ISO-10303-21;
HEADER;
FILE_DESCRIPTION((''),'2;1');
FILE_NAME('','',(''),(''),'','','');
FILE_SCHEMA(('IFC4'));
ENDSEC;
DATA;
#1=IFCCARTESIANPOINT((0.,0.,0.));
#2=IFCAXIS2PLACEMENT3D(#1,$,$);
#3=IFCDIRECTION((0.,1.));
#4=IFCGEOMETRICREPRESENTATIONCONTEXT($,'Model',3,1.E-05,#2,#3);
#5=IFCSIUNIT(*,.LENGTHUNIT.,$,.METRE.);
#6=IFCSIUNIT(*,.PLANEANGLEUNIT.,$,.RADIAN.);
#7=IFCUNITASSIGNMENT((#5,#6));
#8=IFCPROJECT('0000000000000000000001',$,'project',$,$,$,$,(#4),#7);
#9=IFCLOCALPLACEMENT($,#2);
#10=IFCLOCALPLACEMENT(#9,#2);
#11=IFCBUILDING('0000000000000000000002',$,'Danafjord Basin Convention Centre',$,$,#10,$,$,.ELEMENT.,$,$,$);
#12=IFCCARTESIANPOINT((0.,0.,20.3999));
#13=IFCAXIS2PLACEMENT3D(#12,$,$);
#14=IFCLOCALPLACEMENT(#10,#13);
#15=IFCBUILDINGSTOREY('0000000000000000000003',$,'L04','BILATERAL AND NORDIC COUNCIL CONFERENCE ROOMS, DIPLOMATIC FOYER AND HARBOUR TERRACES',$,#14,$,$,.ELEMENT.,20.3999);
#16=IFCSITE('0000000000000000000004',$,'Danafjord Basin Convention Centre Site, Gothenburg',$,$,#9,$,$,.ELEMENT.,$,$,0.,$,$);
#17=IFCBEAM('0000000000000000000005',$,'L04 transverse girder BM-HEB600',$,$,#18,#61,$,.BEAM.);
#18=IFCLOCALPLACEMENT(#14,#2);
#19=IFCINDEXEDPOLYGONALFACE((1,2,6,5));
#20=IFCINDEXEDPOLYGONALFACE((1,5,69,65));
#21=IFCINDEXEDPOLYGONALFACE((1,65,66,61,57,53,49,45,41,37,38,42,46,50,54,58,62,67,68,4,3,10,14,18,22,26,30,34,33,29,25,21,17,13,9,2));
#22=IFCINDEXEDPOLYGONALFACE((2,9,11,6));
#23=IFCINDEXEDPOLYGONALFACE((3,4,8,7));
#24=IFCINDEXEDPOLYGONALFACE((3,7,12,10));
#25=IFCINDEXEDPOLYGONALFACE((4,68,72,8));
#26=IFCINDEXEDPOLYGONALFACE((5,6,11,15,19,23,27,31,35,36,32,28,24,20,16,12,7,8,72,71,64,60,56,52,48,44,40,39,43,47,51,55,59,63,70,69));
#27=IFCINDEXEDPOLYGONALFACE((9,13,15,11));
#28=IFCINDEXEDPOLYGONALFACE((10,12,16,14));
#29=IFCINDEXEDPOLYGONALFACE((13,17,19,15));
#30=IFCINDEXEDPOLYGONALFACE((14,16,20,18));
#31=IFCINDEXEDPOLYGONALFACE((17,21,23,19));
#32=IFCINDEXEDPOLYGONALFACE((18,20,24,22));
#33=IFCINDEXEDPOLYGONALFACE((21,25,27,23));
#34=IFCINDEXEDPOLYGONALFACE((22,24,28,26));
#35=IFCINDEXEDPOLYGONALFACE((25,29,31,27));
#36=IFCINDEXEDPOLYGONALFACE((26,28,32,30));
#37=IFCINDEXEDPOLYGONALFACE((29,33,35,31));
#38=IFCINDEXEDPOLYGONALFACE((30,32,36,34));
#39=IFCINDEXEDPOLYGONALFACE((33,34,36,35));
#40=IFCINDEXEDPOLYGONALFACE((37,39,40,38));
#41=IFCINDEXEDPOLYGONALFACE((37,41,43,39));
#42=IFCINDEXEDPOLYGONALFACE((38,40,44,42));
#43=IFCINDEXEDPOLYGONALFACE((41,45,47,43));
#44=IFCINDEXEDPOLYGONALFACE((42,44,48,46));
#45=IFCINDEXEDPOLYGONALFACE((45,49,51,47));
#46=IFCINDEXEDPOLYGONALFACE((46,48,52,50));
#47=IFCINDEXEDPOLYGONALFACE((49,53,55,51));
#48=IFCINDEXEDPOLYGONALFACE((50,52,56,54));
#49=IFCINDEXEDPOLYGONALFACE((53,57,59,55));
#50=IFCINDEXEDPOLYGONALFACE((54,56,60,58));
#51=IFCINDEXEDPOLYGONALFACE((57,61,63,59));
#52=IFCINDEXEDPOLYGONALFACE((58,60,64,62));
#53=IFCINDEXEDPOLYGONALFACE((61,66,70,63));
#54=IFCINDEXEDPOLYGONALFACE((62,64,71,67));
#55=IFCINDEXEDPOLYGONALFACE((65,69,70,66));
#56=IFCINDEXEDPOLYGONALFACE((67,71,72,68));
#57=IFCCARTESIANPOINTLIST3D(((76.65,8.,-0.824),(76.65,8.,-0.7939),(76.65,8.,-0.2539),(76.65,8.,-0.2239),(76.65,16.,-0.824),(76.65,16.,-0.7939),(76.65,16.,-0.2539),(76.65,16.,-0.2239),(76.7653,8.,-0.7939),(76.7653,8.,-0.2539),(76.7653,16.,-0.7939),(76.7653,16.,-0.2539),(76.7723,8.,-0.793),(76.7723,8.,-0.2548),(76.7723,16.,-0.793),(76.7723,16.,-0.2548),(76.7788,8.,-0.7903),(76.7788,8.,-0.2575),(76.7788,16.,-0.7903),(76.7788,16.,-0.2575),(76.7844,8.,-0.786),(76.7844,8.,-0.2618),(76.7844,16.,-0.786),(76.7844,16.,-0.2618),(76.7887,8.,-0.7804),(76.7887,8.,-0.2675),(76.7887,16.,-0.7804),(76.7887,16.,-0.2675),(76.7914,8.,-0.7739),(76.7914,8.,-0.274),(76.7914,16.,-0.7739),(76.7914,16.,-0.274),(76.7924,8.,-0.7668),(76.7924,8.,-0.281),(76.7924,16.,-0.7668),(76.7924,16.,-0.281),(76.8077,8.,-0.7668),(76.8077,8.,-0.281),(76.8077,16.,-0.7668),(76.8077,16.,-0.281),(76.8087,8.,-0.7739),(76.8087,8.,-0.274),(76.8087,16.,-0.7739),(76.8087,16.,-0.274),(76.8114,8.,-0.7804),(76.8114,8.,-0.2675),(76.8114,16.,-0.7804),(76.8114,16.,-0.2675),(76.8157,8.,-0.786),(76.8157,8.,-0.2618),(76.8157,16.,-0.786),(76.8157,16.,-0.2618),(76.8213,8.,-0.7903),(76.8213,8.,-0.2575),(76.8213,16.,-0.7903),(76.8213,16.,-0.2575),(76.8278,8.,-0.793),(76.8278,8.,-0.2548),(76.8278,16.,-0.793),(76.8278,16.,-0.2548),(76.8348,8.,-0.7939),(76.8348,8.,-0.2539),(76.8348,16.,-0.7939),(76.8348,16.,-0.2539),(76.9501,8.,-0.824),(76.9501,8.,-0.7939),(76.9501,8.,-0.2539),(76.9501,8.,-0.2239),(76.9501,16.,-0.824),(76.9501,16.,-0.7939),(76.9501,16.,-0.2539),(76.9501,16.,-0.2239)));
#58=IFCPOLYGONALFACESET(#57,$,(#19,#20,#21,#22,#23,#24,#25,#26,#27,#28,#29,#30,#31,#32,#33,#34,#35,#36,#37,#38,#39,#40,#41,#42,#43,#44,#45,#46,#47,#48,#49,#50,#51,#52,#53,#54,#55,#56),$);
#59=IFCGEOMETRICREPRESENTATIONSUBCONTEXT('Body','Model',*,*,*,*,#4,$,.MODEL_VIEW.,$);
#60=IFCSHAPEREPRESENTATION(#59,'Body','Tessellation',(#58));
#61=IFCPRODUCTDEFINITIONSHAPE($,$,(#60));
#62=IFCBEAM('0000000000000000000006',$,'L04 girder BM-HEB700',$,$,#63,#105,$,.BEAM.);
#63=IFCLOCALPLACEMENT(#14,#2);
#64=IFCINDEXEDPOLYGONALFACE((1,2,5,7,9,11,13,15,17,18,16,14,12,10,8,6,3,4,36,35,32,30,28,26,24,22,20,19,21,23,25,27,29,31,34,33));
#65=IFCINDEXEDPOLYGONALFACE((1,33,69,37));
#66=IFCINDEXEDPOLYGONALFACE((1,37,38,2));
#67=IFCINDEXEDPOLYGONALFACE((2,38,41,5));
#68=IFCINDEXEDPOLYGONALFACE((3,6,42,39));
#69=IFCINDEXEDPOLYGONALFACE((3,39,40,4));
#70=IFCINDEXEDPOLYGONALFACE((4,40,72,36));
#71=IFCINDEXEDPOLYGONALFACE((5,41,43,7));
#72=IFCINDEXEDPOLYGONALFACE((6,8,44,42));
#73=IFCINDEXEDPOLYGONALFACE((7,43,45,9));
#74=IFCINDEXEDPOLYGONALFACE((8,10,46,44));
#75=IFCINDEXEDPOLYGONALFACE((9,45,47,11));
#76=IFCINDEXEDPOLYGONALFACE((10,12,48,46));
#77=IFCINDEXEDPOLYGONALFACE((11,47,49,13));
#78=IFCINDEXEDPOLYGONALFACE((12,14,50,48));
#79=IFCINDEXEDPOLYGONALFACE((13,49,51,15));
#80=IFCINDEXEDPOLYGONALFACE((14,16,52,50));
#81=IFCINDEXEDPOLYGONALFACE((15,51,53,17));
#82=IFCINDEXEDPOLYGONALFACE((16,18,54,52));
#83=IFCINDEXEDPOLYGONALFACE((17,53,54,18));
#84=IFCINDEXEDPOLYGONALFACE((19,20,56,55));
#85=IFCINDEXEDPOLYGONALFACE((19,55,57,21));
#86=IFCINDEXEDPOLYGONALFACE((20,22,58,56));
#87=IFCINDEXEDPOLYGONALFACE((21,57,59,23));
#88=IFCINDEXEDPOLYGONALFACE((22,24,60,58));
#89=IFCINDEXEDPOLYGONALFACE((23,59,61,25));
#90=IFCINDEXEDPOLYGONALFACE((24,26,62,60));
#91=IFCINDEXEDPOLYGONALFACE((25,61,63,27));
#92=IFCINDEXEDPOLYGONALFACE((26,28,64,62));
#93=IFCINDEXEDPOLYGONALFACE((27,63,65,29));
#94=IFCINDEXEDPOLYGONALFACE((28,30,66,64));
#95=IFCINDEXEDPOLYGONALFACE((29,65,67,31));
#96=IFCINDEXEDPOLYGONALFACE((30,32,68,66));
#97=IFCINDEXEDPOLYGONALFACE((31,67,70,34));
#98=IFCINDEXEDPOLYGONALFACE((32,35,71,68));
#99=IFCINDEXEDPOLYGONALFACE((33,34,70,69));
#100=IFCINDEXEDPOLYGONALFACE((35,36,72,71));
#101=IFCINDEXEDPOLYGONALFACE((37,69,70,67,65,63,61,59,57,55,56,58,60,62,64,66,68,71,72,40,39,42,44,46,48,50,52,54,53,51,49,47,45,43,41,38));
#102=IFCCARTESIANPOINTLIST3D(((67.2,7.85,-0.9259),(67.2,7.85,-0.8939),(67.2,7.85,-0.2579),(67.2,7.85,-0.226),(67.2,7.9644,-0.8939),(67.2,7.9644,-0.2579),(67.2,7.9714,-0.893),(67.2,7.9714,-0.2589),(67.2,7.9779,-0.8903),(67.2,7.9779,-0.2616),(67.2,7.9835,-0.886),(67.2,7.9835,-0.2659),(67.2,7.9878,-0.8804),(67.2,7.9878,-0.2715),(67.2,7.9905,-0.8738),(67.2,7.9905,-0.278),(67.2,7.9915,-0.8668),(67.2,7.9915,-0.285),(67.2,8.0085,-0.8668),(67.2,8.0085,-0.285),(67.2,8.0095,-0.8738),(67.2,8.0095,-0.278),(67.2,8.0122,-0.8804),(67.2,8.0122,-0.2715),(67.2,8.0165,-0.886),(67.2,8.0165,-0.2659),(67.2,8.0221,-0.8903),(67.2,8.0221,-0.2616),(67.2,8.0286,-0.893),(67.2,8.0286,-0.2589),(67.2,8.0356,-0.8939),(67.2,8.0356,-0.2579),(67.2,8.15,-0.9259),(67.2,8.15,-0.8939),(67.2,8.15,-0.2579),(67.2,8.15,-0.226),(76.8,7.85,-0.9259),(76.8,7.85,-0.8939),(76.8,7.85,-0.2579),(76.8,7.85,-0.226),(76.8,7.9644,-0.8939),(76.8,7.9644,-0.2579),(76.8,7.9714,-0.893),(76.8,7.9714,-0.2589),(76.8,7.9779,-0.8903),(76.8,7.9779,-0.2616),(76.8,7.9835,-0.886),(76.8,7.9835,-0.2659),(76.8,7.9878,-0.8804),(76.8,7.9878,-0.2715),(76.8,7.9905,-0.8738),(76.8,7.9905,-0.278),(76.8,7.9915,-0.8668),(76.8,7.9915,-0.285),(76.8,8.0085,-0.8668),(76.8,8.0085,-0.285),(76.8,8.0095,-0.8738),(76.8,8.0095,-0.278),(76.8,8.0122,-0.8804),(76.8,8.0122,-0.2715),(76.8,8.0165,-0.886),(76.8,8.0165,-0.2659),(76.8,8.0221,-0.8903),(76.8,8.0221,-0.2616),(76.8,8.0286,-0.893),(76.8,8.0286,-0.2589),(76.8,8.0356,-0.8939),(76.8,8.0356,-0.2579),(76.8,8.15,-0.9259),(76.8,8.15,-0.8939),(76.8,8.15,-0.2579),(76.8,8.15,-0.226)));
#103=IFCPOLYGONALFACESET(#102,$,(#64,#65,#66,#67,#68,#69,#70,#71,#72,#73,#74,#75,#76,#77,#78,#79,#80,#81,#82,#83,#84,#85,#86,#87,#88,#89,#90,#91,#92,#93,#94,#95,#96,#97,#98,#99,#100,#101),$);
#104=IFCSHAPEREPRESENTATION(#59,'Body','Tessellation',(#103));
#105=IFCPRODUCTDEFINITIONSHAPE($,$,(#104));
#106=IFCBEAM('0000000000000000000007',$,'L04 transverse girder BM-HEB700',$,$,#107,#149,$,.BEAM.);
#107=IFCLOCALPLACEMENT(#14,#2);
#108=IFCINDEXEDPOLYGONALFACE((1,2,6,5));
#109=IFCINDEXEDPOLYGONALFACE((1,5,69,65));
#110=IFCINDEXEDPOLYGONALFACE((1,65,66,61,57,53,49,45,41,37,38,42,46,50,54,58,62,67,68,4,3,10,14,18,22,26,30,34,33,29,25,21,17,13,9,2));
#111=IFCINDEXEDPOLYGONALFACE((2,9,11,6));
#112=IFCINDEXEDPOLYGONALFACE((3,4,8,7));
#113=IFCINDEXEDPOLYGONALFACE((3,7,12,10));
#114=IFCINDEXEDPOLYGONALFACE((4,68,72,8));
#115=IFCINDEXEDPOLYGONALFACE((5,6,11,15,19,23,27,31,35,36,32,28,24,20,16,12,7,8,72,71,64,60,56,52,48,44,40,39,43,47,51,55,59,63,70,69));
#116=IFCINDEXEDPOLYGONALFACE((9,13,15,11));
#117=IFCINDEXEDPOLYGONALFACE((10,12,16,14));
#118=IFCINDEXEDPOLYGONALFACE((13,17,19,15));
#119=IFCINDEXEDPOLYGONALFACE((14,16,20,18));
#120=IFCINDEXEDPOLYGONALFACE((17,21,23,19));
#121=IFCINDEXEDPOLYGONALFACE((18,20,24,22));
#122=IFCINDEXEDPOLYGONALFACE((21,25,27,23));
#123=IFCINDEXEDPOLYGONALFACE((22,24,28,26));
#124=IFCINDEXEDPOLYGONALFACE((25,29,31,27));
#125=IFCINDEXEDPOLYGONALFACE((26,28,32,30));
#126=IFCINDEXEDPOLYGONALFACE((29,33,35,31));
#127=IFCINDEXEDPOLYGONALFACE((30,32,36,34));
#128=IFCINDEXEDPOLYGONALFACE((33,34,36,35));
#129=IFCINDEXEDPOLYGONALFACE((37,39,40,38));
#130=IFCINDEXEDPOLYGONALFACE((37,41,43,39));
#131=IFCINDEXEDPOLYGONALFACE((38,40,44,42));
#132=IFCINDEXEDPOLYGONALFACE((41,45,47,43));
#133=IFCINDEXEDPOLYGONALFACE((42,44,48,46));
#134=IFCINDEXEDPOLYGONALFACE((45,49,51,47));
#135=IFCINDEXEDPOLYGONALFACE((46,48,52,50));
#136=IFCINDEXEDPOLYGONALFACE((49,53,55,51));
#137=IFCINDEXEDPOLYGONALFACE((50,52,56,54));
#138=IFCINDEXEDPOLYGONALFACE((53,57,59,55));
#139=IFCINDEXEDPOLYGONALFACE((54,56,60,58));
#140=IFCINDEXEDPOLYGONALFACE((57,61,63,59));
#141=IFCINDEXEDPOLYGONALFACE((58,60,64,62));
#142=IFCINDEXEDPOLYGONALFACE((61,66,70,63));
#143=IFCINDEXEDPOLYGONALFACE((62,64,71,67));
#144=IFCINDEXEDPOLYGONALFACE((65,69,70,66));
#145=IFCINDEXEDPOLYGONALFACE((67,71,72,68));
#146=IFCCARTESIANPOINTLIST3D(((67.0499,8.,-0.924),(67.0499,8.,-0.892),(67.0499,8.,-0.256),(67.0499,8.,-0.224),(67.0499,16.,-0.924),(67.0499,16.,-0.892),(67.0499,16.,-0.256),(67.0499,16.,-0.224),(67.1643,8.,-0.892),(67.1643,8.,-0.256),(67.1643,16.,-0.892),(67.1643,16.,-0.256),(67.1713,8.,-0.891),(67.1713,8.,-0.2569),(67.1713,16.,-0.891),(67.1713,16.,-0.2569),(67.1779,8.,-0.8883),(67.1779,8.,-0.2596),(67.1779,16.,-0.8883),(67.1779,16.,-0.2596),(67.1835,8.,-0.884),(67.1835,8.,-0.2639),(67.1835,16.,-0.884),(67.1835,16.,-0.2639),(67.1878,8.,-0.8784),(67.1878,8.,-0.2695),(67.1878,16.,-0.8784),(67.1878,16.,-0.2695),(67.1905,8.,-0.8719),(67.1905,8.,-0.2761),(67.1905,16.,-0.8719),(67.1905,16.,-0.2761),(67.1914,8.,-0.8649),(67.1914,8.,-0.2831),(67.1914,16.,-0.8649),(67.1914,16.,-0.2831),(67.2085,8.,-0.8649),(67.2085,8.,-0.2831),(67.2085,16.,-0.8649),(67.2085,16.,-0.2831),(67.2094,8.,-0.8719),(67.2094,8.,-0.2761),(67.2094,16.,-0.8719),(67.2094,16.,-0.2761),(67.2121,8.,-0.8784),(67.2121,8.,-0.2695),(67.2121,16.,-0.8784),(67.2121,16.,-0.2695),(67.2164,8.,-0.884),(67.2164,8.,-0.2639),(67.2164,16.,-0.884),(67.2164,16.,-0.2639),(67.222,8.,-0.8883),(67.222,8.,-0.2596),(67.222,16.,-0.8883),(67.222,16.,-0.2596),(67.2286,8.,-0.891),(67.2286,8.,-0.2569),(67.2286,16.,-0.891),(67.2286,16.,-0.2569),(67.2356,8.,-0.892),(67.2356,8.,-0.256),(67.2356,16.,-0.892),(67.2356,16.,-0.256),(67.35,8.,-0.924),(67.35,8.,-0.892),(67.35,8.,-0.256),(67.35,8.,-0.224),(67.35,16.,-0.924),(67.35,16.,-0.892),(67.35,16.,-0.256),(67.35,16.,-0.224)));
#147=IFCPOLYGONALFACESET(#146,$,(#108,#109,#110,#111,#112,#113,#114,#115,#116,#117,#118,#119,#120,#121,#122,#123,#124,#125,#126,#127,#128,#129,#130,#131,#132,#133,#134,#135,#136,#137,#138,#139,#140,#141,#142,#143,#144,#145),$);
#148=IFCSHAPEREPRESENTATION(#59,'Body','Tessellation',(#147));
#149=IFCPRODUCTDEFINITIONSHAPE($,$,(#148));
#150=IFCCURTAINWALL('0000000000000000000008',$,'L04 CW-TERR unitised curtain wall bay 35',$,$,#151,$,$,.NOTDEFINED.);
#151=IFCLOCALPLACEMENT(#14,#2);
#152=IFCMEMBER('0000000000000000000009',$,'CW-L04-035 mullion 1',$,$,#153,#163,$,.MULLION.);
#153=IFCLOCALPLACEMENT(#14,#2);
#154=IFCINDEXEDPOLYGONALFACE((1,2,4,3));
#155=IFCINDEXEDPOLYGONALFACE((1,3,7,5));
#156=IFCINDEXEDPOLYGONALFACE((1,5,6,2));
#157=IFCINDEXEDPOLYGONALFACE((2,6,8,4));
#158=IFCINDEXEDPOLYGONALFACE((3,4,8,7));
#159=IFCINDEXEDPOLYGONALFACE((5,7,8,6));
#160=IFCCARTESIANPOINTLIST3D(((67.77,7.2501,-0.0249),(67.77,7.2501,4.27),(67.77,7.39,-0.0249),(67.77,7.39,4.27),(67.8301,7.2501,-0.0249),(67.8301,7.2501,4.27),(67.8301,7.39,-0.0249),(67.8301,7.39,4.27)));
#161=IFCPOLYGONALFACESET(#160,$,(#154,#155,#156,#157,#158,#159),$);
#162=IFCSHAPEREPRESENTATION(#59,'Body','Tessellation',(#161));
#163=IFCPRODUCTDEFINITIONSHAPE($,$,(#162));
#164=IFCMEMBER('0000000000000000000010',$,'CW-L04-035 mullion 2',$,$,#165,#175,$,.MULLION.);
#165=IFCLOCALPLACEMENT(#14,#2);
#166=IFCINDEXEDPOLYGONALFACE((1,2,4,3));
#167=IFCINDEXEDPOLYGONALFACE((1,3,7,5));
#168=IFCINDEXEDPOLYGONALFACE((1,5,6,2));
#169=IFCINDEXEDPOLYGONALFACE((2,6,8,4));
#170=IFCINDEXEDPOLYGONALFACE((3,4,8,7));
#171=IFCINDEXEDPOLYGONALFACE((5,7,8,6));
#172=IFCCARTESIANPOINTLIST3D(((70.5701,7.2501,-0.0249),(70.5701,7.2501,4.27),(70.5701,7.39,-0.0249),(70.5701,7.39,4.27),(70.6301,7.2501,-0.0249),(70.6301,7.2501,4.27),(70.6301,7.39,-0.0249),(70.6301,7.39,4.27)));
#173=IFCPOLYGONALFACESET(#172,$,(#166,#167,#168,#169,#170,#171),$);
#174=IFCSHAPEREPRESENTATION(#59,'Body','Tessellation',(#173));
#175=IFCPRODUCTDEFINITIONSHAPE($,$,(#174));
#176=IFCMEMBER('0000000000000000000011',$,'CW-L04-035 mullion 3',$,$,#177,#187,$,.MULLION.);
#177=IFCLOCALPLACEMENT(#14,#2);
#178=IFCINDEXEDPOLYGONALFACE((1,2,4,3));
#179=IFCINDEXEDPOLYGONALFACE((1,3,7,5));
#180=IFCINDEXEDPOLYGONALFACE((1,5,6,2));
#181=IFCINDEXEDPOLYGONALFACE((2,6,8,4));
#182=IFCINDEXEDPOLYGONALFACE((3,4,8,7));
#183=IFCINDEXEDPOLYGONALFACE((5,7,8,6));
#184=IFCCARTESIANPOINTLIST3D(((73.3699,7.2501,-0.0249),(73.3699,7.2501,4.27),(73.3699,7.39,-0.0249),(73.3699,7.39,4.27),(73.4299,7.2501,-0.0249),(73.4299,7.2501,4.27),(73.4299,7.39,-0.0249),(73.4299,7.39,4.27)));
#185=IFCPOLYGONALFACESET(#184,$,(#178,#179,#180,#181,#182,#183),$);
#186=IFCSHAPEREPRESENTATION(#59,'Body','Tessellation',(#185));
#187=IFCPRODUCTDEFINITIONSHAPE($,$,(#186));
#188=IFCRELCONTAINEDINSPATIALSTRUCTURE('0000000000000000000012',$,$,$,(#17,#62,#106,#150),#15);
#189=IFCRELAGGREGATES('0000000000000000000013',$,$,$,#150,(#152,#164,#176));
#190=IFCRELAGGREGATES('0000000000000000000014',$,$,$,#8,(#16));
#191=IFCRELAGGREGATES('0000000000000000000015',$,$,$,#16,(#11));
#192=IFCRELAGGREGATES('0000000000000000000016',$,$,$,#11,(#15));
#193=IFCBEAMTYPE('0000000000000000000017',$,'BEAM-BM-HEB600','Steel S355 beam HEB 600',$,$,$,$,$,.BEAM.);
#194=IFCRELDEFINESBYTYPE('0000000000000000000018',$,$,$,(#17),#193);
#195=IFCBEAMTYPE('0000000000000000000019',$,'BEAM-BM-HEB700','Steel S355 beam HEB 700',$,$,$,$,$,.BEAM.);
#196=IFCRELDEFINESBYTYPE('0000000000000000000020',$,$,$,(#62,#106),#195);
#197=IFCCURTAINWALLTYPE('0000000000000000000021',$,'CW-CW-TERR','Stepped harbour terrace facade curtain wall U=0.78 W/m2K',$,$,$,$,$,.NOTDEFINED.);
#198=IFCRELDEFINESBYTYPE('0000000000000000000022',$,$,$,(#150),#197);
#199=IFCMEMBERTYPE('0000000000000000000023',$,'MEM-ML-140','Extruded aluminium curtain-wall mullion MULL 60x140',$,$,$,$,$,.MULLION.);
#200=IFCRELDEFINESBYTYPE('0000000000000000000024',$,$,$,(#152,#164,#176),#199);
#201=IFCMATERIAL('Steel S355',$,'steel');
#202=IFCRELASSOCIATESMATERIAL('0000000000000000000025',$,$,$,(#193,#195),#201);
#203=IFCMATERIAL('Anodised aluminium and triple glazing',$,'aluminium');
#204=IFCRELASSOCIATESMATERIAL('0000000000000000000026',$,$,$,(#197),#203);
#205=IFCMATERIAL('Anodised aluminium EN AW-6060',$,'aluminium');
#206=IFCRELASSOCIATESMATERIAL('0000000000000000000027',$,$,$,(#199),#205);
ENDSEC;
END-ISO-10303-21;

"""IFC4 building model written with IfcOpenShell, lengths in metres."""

from ifc_helpers import new_model, si_unit, direction, frame, origin, origin_2d, place, context, subcontext, project, spatial, rectangle, i_section, extrude, material, material_profile, profile_set, type_object, element, aggregate, save


model = new_model("IFC4")

# Units and contexts
model_context = context("Model", 3, precision=1e-05, world=origin(), true_north=direction((0.0, 1.0)))
body_context = subcontext(model_context, "Body", "Model", "MODEL_VIEW")
ifc_project = project(units=[si_unit("LENGTHUNIT", "METRE"), si_unit("PLANEANGLEUNIT", "RADIAN")], contexts=[model_context])

# Site, building, storey
site_placement = place(None, origin())
site = spatial("IfcSite", under=ifc_project, at=site_placement, Name="Danafjord Basin Convention Centre Site, Gothenburg", CompositionType="ELEMENT", RefElevation=0.0)
building_placement = place(site_placement, origin())
building = spatial("IfcBuilding", under=site, at=building_placement, Name="Danafjord Basin Convention Centre", CompositionType="ELEMENT")
storey_placement = place(building_placement, frame((0.0, 0.0, 20.3999)))
storey = spatial("IfcBuildingStorey", under=building, at=storey_placement, Name="L04", Description="BILATERAL AND NORDIC COUNCIL CONFERENCE ROOMS, DIPLOMATIC FOYER AND HARBOUR TERRACES", CompositionType="ELEMENT", Elevation=20.3999)

# Shared definitions
ifc_material_1 = material(Name="Steel S355", Category="steel")

# Beams
ifc_material_profile_1 = material_profile(ifc_material_1, i_section(OverallWidth=0.3, OverallDepth=0.6001, WebThickness=0.0154, FlangeThickness=0.03, FilletRadius=0.0271, at=origin_2d()), Name="HEB 600")
ifc_profile_set_1 = profile_set([ifc_material_profile_1], Name="Steel S355")
beam_type_1 = type_object("IfcBeamType", Name="BEAM-BM-HEB600", Description="Steel S355 beam HEB 600", PredefinedType="BEAM", material=ifc_profile_set_1)
beam_1_placement = place(storey_placement, frame((76.8, 8.0, -0.5239), z_axis=(0.0, 1.0, 0.0), x_axis=(-1.0, 0.0, 0.0)))
element("IfcBeam", 1, at=beam_1_placement, inside=storey, type_object=beam_type_1, Name="L04 transverse girder BM-HEB600", PredefinedType="BEAM", context=body_context, shape_type="SweptSolid", body=[
    extrude(i_section(OverallWidth=0.3, OverallDepth=0.6001, WebThickness=0.0154, FlangeThickness=0.03, FilletRadius=0.0271, at=origin_2d()), origin(), (0.0, 0.0, 1.0), 8.0),
])
ifc_material_profile_2 = material_profile(ifc_material_1, i_section(OverallWidth=0.3, OverallDepth=0.7, WebThickness=0.0171, FlangeThickness=0.032, FilletRadius=0.0271, at=origin_2d()), Name="HEB 700")
ifc_profile_set_2 = profile_set([ifc_material_profile_2], Name="Steel S355")
beam_type_2 = type_object("IfcBeamType", Name="BEAM-BM-HEB700", Description="Steel S355 beam HEB 700", PredefinedType="BEAM", material=ifc_profile_set_2)
beam_2_placement = place(storey_placement, frame((67.2, 8.0, -0.5759), z_axis=(1.0, 0.0, 0.0), x_axis=(0.0, 1.0, 0.0)))
element("IfcBeam", 2, at=beam_2_placement, inside=storey, type_object=beam_type_2, Name="L04 girder BM-HEB700", PredefinedType="BEAM", context=body_context, shape_type="SweptSolid", body=[
    extrude(i_section(OverallWidth=0.3, OverallDepth=0.7, WebThickness=0.0171, FlangeThickness=0.032, FilletRadius=0.0271, at=origin_2d()), origin(), (0.0, 0.0, 1.0), 9.6001),
])
beam_3_placement = place(storey_placement, frame((67.2, 8.0, -0.574), z_axis=(0.0, 1.0, 0.0), x_axis=(-1.0, 0.0, 0.0)))
element("IfcBeam", 3, at=beam_3_placement, inside=storey, type_object=beam_type_2, Name="L04 transverse girder BM-HEB700", PredefinedType="BEAM", context=body_context, shape_type="SweptSolid", body=[
    extrude(i_section(OverallWidth=0.3, OverallDepth=0.7, WebThickness=0.0171, FlangeThickness=0.032, FilletRadius=0.0271, at=origin_2d()), origin(), (0.0, 0.0, 1.0), 8.0),
])

# Curtain wall, members
ifc_material_2 = material(Name="Anodised aluminium and triple glazing", Category="aluminium")
curtain_wall_type = type_object("IfcCurtainWallType", Name="CW-CW-TERR", Description="Stepped harbour terrace facade curtain wall U=0.78 W/m2K", PredefinedType="NOTDEFINED", material=ifc_material_2)
curtain_wall_placement = place(storey_placement, origin())
curtain_wall = element("IfcCurtainWall", 4, at=curtain_wall_placement, inside=storey, type_object=curtain_wall_type, Name="L04 CW-TERR unitised curtain wall bay 35", PredefinedType="NOTDEFINED")
ifc_material_3 = material(Name="Anodised aluminium EN AW-6060", Category="aluminium")
ifc_material_profile_3 = material_profile(ifc_material_3, rectangle(XDim=0.0601, YDim=0.1399, at=origin_2d()), Name="MULL 60x140")
ifc_profile_set_3 = profile_set([ifc_material_profile_3], Name="Anodised aluminium EN AW-6060")
member_type_1 = type_object("IfcMemberType", Name="MEM-ML-140", Description="Extruded aluminium curtain-wall mullion MULL 60x140", PredefinedType="MULLION", material=ifc_profile_set_3)
member_1_placement = place(storey_placement, frame((67.8, 7.3201, -0.0249), z_axis=(0.0, 0.0, 1.0), x_axis=(1.0, 0.0, 0.0)))
member_1 = element("IfcMember", 5, at=member_1_placement, type_object=member_type_1, Name="CW-L04-035 mullion 1", PredefinedType="MULLION", context=body_context, shape_type="SweptSolid", body=[
    extrude(rectangle(XDim=0.0601, YDim=0.1399, at=origin_2d()), origin(), (0.0, 0.0, 1.0), 4.2949),
])
member_2_placement = place(storey_placement, frame((70.6001, 7.3201, -0.0249), z_axis=(0.0, 0.0, 1.0), x_axis=(1.0, 0.0, 0.0)))
member_2 = element("IfcMember", 6, at=member_2_placement, type_object=member_type_1, Name="CW-L04-035 mullion 2", PredefinedType="MULLION", context=body_context, shape_type="SweptSolid", body=[
    extrude(rectangle(XDim=0.0601, YDim=0.1399, at=origin_2d()), origin(), (0.0, 0.0, 1.0), 4.2949),
])
member_3_placement = place(storey_placement, frame((73.3999, 7.3201, -0.0249), z_axis=(0.0, 0.0, 1.0), x_axis=(1.0, 0.0, 0.0)))
member_3 = element("IfcMember", 7, at=member_3_placement, type_object=member_type_1, Name="CW-L04-035 mullion 3", PredefinedType="MULLION", context=body_context, shape_type="SweptSolid", body=[
    extrude(rectangle(XDim=0.0601, YDim=0.1399, at=origin_2d()), origin(), (0.0, 0.0, 1.0), 4.2949),
])
aggregate(curtain_wall, [member_1, member_2, member_3])

save(model, "model.ifc")
